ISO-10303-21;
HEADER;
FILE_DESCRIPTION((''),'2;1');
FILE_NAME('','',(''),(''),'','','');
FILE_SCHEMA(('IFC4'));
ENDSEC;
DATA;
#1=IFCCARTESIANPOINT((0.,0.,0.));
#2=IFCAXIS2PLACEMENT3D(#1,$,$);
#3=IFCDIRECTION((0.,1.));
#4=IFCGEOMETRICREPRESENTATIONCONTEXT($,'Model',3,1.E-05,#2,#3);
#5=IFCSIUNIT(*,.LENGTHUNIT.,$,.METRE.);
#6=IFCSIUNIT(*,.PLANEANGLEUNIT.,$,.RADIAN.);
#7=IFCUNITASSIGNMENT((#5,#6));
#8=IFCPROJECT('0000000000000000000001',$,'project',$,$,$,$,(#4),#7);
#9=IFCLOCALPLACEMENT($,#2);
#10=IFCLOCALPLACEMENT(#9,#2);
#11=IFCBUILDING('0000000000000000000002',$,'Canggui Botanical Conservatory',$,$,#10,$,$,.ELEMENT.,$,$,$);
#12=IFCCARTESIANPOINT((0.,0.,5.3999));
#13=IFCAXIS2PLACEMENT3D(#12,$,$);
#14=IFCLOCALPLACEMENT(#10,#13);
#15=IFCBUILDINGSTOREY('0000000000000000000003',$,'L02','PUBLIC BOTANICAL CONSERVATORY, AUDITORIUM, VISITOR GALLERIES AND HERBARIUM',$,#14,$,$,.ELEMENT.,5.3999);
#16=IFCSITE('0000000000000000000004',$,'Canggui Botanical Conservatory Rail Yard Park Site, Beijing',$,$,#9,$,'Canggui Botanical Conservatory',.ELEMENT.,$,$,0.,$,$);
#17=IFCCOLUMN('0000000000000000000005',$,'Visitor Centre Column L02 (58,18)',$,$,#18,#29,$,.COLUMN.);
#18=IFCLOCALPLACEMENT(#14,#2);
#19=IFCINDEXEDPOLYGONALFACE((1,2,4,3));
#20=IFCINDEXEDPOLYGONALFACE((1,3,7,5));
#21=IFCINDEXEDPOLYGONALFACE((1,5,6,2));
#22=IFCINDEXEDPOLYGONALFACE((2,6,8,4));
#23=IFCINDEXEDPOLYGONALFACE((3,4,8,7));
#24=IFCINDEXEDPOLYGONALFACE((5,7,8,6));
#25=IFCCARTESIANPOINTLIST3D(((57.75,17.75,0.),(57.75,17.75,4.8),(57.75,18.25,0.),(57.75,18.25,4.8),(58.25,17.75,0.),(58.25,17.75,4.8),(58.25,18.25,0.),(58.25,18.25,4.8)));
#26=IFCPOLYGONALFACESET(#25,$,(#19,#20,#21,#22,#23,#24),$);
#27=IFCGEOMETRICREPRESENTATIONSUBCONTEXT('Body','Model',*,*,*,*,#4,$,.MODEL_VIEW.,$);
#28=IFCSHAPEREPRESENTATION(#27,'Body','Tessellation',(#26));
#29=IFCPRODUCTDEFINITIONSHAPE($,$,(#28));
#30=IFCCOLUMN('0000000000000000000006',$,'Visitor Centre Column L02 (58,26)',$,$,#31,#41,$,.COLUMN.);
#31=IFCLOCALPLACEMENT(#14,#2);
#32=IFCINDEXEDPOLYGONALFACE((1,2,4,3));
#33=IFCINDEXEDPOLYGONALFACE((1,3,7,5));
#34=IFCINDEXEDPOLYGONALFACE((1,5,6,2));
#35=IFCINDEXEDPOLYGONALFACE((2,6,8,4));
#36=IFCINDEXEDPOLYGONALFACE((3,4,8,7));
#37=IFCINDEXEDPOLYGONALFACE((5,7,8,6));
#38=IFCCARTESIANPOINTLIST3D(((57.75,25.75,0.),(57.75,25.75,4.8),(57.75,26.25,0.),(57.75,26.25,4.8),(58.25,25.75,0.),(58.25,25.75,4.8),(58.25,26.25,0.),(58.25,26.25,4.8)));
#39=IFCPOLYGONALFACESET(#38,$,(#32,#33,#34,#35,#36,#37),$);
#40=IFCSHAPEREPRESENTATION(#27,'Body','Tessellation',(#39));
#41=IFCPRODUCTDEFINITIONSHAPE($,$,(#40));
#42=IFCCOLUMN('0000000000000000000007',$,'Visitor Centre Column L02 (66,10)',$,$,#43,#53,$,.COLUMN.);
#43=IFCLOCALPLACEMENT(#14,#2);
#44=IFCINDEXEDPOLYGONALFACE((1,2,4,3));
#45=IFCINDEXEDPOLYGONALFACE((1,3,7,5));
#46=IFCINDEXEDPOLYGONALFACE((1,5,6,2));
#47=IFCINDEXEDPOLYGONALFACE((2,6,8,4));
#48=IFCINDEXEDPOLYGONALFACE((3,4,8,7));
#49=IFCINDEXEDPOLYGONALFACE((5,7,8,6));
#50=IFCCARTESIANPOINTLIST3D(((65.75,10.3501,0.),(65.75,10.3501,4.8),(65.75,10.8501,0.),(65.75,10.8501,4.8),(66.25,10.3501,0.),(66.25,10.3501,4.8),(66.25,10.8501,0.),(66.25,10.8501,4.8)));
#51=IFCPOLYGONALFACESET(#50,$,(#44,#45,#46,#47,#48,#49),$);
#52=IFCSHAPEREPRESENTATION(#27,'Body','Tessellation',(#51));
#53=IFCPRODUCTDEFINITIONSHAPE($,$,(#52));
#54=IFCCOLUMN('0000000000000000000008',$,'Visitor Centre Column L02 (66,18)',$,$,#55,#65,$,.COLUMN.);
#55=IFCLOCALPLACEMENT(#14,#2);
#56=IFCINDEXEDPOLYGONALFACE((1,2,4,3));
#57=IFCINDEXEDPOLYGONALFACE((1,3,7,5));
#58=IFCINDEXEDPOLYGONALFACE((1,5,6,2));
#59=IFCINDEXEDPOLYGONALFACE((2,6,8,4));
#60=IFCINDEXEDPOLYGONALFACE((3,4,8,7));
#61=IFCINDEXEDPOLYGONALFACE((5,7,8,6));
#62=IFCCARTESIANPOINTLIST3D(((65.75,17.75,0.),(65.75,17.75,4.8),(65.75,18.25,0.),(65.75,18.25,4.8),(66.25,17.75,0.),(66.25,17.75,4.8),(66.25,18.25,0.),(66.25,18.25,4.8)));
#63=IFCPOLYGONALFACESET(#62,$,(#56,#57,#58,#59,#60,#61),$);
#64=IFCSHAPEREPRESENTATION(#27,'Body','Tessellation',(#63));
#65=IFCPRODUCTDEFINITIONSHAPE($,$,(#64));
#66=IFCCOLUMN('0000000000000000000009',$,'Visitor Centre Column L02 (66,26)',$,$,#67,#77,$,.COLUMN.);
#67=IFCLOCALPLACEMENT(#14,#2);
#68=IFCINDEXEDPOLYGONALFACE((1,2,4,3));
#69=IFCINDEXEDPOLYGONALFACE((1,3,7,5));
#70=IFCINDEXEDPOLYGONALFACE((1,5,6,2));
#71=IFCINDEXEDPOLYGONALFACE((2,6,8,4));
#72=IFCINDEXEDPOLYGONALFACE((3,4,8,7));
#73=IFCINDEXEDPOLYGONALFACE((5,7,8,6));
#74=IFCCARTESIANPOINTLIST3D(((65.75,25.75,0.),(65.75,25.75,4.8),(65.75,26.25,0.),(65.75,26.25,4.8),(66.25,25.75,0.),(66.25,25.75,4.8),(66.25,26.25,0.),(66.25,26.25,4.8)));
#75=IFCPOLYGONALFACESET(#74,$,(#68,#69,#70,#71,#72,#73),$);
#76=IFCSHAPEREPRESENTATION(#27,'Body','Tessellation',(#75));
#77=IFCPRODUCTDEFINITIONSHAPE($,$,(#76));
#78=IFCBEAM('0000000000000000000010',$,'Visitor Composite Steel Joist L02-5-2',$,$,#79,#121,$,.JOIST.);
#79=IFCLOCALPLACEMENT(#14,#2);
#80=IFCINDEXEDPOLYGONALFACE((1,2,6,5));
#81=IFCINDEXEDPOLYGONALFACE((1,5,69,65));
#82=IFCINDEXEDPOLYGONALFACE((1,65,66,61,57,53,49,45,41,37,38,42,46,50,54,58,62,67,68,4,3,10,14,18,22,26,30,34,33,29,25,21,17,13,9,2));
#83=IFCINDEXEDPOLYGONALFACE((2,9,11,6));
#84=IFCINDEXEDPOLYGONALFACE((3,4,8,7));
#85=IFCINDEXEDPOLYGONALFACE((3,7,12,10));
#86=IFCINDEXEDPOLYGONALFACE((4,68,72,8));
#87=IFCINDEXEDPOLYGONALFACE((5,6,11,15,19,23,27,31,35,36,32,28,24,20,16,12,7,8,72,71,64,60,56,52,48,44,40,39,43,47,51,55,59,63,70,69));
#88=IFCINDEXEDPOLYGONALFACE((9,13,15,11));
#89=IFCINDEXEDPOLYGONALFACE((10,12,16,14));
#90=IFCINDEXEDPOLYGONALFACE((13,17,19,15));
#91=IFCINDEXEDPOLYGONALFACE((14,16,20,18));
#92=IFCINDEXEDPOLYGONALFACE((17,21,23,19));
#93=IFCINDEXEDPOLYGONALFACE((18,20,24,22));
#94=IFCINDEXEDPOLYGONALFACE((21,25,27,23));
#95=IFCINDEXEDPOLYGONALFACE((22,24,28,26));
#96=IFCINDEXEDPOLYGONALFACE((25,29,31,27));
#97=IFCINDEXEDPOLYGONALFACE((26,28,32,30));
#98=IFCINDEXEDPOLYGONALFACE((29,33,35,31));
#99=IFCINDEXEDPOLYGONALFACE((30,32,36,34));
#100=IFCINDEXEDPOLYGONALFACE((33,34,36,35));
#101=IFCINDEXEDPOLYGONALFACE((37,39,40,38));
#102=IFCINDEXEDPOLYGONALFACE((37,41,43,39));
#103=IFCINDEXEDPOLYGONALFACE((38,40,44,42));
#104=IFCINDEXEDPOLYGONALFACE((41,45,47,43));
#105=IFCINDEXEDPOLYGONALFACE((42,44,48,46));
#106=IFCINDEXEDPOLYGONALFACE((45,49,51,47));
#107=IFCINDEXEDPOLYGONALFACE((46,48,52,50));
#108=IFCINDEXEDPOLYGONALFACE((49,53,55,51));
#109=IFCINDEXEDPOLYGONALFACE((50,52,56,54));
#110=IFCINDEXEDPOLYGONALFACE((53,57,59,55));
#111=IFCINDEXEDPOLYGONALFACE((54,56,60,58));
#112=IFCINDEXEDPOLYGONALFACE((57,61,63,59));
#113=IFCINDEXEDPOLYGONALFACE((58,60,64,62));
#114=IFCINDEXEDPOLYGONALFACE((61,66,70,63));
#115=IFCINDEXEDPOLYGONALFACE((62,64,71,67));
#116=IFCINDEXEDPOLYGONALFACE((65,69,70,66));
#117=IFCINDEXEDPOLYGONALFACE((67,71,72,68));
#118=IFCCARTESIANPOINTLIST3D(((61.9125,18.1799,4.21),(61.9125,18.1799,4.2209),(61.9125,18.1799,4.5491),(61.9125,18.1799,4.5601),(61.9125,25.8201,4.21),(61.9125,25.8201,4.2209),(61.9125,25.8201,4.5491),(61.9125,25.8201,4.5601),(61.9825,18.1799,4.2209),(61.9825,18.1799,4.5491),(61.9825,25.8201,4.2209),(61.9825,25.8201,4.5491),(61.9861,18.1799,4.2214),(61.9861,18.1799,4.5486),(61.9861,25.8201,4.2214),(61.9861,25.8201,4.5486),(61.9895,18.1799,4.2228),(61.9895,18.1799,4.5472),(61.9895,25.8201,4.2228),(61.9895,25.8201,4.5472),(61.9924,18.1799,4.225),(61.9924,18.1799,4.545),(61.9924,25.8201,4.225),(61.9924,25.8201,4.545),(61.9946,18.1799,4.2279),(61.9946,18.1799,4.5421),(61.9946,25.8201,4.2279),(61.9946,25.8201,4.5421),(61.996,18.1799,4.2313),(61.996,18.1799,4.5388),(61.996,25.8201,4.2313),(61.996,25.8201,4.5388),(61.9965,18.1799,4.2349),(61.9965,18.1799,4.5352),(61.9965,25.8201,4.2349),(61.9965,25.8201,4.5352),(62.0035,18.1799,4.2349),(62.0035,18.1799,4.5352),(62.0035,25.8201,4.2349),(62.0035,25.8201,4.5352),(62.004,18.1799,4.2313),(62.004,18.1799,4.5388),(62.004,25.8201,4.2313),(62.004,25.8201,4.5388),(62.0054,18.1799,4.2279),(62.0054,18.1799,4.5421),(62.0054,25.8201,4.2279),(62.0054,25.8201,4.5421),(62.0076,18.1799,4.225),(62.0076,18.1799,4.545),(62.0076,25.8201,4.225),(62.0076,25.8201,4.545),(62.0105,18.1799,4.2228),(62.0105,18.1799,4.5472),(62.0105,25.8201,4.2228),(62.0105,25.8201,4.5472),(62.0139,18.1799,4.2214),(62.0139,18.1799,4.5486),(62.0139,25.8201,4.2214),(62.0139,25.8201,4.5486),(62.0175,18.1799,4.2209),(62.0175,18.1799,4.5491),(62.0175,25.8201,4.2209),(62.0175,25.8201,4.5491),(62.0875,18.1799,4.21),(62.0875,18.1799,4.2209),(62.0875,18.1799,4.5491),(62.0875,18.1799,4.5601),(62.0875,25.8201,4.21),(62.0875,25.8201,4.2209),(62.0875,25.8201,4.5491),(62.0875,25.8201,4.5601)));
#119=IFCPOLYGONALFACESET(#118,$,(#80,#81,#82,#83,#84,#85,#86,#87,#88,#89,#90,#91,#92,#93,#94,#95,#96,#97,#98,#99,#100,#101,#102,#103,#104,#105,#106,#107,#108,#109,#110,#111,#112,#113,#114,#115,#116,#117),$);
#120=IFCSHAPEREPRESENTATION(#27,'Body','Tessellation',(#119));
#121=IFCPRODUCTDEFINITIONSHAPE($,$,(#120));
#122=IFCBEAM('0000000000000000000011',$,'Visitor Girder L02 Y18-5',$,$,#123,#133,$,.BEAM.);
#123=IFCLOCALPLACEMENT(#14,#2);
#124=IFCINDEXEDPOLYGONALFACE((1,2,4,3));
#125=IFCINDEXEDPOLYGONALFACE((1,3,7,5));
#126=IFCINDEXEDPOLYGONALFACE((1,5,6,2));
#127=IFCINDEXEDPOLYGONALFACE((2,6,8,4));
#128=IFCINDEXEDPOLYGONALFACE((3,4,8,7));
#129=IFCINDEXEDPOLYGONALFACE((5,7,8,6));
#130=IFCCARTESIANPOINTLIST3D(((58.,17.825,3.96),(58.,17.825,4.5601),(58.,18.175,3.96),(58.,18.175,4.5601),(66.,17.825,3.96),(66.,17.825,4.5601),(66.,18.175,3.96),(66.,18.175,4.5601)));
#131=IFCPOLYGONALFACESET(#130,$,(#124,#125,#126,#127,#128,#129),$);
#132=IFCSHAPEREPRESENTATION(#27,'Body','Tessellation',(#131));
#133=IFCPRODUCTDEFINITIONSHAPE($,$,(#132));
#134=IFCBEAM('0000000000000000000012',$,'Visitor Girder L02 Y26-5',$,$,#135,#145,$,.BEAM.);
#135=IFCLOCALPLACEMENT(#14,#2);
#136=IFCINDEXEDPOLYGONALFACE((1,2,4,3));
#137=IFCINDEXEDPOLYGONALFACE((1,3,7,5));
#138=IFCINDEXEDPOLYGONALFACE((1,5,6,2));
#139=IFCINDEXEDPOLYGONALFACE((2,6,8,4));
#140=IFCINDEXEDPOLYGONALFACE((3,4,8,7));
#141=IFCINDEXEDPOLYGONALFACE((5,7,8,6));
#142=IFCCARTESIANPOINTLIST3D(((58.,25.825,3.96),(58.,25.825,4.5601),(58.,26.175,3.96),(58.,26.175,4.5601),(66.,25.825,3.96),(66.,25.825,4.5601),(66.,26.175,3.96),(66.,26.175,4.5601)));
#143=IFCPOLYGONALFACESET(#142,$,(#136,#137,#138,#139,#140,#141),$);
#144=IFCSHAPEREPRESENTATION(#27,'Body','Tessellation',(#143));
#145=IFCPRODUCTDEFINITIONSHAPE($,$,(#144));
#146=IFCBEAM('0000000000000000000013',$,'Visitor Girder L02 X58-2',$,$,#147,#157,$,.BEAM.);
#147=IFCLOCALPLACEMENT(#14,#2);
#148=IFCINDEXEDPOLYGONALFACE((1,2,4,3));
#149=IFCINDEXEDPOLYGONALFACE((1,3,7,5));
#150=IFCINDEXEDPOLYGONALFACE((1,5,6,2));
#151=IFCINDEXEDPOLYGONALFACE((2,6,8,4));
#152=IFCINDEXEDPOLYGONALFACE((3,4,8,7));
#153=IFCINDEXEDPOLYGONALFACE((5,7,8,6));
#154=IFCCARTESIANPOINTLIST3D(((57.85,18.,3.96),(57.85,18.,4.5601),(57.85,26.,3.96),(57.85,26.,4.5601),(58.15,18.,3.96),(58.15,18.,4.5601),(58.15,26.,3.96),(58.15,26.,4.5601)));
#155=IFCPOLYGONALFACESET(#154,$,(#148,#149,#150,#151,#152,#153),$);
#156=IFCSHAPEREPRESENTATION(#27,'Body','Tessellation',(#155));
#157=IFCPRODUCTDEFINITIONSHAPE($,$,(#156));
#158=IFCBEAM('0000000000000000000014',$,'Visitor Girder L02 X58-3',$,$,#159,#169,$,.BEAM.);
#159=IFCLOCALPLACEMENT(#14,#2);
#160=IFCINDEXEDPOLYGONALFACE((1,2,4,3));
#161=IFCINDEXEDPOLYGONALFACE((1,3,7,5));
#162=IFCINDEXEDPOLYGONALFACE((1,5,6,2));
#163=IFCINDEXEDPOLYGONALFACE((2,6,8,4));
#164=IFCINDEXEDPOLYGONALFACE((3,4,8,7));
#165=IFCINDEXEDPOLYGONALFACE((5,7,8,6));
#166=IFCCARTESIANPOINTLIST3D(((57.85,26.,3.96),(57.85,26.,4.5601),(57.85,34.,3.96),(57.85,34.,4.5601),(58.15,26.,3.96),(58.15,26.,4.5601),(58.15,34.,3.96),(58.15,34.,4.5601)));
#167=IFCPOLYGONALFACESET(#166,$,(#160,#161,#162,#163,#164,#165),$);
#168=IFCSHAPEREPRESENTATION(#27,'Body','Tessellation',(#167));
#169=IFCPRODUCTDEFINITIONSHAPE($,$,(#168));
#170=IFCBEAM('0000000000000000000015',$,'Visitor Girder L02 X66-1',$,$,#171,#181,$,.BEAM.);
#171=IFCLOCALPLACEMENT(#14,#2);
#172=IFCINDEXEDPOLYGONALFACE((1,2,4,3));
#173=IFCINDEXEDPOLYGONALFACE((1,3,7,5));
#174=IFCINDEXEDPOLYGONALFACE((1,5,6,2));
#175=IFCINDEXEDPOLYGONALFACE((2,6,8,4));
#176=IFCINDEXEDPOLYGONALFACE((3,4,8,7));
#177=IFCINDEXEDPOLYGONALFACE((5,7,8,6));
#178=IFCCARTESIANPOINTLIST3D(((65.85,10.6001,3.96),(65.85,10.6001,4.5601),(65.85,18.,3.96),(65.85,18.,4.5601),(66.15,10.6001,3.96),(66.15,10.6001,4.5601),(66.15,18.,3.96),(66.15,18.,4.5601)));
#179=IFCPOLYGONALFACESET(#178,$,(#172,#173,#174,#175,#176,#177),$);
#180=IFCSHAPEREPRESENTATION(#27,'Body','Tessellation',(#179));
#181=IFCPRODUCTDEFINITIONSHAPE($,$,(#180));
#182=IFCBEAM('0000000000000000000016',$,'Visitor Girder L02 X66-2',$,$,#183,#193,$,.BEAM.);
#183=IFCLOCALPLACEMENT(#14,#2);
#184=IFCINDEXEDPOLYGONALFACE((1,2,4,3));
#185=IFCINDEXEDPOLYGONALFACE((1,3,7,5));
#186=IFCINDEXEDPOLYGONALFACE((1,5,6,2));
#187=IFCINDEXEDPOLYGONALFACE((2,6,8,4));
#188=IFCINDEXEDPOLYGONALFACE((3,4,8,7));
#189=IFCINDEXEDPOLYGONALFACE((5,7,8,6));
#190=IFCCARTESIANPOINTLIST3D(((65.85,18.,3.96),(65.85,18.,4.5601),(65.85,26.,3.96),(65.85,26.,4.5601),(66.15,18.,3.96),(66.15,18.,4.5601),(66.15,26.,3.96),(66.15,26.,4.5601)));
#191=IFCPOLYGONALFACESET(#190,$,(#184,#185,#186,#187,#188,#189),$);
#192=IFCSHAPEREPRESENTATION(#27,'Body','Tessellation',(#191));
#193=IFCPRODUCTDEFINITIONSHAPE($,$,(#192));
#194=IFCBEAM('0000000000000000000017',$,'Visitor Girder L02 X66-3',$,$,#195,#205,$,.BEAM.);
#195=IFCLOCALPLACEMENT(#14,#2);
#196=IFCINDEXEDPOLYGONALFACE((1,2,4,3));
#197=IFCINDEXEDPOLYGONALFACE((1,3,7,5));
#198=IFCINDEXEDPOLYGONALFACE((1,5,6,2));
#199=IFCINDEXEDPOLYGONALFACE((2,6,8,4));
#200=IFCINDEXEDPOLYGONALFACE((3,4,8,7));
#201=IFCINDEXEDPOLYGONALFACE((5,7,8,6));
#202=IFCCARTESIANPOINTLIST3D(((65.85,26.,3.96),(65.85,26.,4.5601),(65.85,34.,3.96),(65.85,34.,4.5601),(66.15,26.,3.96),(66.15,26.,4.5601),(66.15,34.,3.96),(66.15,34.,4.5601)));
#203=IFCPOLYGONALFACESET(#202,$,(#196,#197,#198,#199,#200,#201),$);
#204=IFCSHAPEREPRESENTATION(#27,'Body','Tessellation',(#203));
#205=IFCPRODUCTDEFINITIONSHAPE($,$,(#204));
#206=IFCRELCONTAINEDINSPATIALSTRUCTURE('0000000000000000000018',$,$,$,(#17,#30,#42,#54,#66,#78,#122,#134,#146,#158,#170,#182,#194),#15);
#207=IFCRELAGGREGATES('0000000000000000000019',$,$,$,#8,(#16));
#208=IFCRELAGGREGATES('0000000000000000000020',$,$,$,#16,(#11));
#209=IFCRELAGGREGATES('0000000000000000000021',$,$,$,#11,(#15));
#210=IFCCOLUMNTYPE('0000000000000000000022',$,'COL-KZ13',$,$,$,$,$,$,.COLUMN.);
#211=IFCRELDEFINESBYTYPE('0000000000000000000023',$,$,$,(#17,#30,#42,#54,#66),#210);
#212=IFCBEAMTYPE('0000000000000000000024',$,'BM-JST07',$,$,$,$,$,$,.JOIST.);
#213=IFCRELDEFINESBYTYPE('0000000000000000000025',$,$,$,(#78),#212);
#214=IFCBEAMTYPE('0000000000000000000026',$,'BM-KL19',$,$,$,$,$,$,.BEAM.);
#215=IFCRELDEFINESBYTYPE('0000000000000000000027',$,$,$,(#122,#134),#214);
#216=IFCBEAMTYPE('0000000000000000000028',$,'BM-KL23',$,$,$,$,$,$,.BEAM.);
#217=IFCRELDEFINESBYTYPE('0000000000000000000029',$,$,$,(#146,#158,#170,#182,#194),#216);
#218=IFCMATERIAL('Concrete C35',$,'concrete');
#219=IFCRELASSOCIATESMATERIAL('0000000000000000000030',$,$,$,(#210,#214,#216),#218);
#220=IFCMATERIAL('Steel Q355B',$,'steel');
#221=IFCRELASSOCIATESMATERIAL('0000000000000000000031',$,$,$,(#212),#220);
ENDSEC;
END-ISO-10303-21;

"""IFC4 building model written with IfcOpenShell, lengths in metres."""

from ifc_helpers import new_model, si_unit, direction, frame, origin, origin_2d, place, context, subcontext, project, spatial, rectangle, i_section, extrude, material, material_profile, profile_set, type_object, element, save


model = new_model("IFC4")

# Units and contexts
model_context = context("Model", 3, precision=1e-05, world=origin(), true_north=direction((0.0, 1.0)))
body_context = subcontext(model_context, "Body", "Model", "MODEL_VIEW")
ifc_project = project(units=[si_unit("LENGTHUNIT", "METRE"), si_unit("PLANEANGLEUNIT", "RADIAN")], contexts=[model_context])

# Site, building, storey
site_placement = place(None, origin())
site = spatial("IfcSite", under=ifc_project, at=site_placement, Name="Canggui Botanical Conservatory Rail Yard Park Site, Beijing", LongName="Canggui Botanical Conservatory", CompositionType="ELEMENT", RefElevation=0.0)
building_placement = place(site_placement, origin())
building = spatial("IfcBuilding", under=site, at=building_placement, Name="Canggui Botanical Conservatory", CompositionType="ELEMENT")
storey_placement = place(building_placement, frame((0.0, 0.0, 5.3999)))
storey = spatial("IfcBuildingStorey", under=building, at=storey_placement, Name="L02", Description="PUBLIC BOTANICAL CONSERVATORY, AUDITORIUM, VISITOR GALLERIES AND HERBARIUM", CompositionType="ELEMENT", Elevation=5.3999)

# Columns
ifc_material_1 = material(Name="Concrete C35", Category="concrete")
ifc_material_profile_1 = material_profile(ifc_material_1, rectangle(XDim=0.5, YDim=0.5, at=origin_2d()), Name="RC 500x500")
ifc_profile_set_1 = profile_set([ifc_material_profile_1], Name="Concrete C35")
column_type = type_object("IfcColumnType", Name="COL-KZ13", PredefinedType="COLUMN", material=ifc_profile_set_1)
for number, where, z_axis, x_axis, name in (
    (1, (58.0, 18.0, 0.0), (0.0, 0.0, 1.0), (1.0, 0.0, 0.0), "Visitor Centre Column L02 (58,18)"),
    (2, (58.0, 26.0, 0.0), (0.0, 0.0, 1.0), (1.0, 0.0, 0.0), "Visitor Centre Column L02 (58,26)"),
    (3, (66.0, 10.6001, 0.0), (0.0, 0.0, 1.0), (1.0, 0.0, 0.0), "Visitor Centre Column L02 (66,10)"),
    (4, (66.0, 18.0, 0.0), (0.0, 0.0, 1.0), (1.0, 0.0, 0.0), "Visitor Centre Column L02 (66,18)"),
    (5, (66.0, 26.0, 0.0), (0.0, 0.0, 1.0), (1.0, 0.0, 0.0), "Visitor Centre Column L02 (66,26)"),
):
    element("IfcColumn", number, at=place(storey_placement, frame(where, z_axis=z_axis, x_axis=x_axis)), inside=storey, type_object=column_type, Name=name, PredefinedType="COLUMN", context=body_context, shape_type="SweptSolid", body=[
        extrude(rectangle(XDim=0.5, YDim=0.5, at=origin_2d()), origin(), (0.0, 0.0, 1.0), 4.8),
    ])

# Beams
ifc_material_2 = material(Name="Steel Q355B", Category="steel")
ifc_material_profile_2 = material_profile(ifc_material_2, i_section(OverallWidth=0.175, OverallDepth=0.3501, WebThickness=0.0071, FlangeThickness=0.011, FilletRadius=0.0139, at=origin_2d()), Name="HN 350x175x7x11")
ifc_profile_set_2 = profile_set([ifc_material_profile_2], Name="Steel Q355B")
beam_type_1 = type_object("IfcBeamType", Name="BM-JST07", PredefinedType="JOIST", material=ifc_profile_set_2)
beam_1_placement = place(storey_placement, frame((62.0, 18.1799, 4.385), z_axis=(0.0, 1.0, 0.0), x_axis=(-1.0, 0.0, 0.0)))
element("IfcBeam", 6, at=beam_1_placement, inside=storey, type_object=beam_type_1, Name="Visitor Composite Steel Joist L02-5-2", PredefinedType="JOIST", context=body_context, shape_type="SweptSolid", body=[
    extrude(i_section(OverallWidth=0.175, OverallDepth=0.3501, WebThickness=0.0071, FlangeThickness=0.011, FilletRadius=0.0139, at=origin_2d()), origin(), (0.0, 0.0, 1.0), 7.6401),
])
ifc_material_profile_3 = material_profile(ifc_material_1, rectangle(XDim=0.3501, YDim=0.6001, at=origin_2d()), Name="RB 350x600")
ifc_profile_set_3 = profile_set([ifc_material_profile_3], Name="Concrete C35")
beam_type_2 = type_object("IfcBeamType", Name="BM-KL19", PredefinedType="BEAM", material=ifc_profile_set_3)
for number, where, z_axis, x_axis, name in (
    (7, (58.0, 18.0, 4.26), (1.0, 0.0, 0.0), (0.0, 1.0, 0.0), "Visitor Girder L02 Y18-5"),
    (8, (58.0, 26.0, 4.26), (1.0, 0.0, 0.0), (0.0, 1.0, 0.0), "Visitor Girder L02 Y26-5"),
):
    element("IfcBeam", number, at=place(storey_placement, frame(where, z_axis=z_axis, x_axis=x_axis)), inside=storey, type_object=beam_type_2, Name=name, PredefinedType="BEAM", context=body_context, shape_type="SweptSolid", body=[
        extrude(rectangle(XDim=0.3501, YDim=0.6001, at=origin_2d()), origin(), (0.0, 0.0, 1.0), 8.0),
    ])
ifc_material_profile_4 = material_profile(ifc_material_1, rectangle(XDim=0.3, YDim=0.6001, at=origin_2d()), Name="RB 300x600")
ifc_profile_set_4 = profile_set([ifc_material_profile_4], Name="Concrete C35")
beam_type_3 = type_object("IfcBeamType", Name="BM-KL23", PredefinedType="BEAM", material=ifc_profile_set_4)
for number, where, z_axis, x_axis, name in (
    (9, (58.0, 18.0, 4.26), (0.0, 1.0, 0.0), (-1.0, 0.0, 0.0), "Visitor Girder L02 X58-2"),
    (10, (58.0, 26.0, 4.26), (0.0, 1.0, 0.0), (-1.0, 0.0, 0.0), "Visitor Girder L02 X58-3"),
):
    element("IfcBeam", number, at=place(storey_placement, frame(where, z_axis=z_axis, x_axis=x_axis)), inside=storey, type_object=beam_type_3, Name=name, PredefinedType="BEAM", context=body_context, shape_type="SweptSolid", body=[
        extrude(rectangle(XDim=0.3, YDim=0.6001, at=origin_2d()), origin(), (0.0, 0.0, 1.0), 8.0),
    ])
beam_2_placement = place(storey_placement, frame((66.0, 10.6001, 4.26), z_axis=(0.0, 1.0, 0.0), x_axis=(-1.0, 0.0, 0.0)))
element("IfcBeam", 11, at=beam_2_placement, inside=storey, type_object=beam_type_3, Name="Visitor Girder L02 X66-1", PredefinedType="BEAM", context=body_context, shape_type="SweptSolid", body=[
    extrude(rectangle(XDim=0.3, YDim=0.6001, at=origin_2d()), origin(), (0.0, 0.0, 1.0), 7.3999),
])
for number, where, z_axis, x_axis, name in (
    (12, (66.0, 18.0, 4.26), (0.0, 1.0, 0.0), (-1.0, 0.0, 0.0), "Visitor Girder L02 X66-2"),
    (13, (66.0, 26.0, 4.26), (0.0, 1.0, 0.0), (-1.0, 0.0, 0.0), "Visitor Girder L02 X66-3"),
):
    element("IfcBeam", number, at=place(storey_placement, frame(where, z_axis=z_axis, x_axis=x_axis)), inside=storey, type_object=beam_type_3, Name=name, PredefinedType="BEAM", context=body_context, shape_type="SweptSolid", body=[
        extrude(rectangle(XDim=0.3, YDim=0.6001, at=origin_2d()), origin(), (0.0, 0.0, 1.0), 8.0),
    ])

save(model, "model.ifc")
